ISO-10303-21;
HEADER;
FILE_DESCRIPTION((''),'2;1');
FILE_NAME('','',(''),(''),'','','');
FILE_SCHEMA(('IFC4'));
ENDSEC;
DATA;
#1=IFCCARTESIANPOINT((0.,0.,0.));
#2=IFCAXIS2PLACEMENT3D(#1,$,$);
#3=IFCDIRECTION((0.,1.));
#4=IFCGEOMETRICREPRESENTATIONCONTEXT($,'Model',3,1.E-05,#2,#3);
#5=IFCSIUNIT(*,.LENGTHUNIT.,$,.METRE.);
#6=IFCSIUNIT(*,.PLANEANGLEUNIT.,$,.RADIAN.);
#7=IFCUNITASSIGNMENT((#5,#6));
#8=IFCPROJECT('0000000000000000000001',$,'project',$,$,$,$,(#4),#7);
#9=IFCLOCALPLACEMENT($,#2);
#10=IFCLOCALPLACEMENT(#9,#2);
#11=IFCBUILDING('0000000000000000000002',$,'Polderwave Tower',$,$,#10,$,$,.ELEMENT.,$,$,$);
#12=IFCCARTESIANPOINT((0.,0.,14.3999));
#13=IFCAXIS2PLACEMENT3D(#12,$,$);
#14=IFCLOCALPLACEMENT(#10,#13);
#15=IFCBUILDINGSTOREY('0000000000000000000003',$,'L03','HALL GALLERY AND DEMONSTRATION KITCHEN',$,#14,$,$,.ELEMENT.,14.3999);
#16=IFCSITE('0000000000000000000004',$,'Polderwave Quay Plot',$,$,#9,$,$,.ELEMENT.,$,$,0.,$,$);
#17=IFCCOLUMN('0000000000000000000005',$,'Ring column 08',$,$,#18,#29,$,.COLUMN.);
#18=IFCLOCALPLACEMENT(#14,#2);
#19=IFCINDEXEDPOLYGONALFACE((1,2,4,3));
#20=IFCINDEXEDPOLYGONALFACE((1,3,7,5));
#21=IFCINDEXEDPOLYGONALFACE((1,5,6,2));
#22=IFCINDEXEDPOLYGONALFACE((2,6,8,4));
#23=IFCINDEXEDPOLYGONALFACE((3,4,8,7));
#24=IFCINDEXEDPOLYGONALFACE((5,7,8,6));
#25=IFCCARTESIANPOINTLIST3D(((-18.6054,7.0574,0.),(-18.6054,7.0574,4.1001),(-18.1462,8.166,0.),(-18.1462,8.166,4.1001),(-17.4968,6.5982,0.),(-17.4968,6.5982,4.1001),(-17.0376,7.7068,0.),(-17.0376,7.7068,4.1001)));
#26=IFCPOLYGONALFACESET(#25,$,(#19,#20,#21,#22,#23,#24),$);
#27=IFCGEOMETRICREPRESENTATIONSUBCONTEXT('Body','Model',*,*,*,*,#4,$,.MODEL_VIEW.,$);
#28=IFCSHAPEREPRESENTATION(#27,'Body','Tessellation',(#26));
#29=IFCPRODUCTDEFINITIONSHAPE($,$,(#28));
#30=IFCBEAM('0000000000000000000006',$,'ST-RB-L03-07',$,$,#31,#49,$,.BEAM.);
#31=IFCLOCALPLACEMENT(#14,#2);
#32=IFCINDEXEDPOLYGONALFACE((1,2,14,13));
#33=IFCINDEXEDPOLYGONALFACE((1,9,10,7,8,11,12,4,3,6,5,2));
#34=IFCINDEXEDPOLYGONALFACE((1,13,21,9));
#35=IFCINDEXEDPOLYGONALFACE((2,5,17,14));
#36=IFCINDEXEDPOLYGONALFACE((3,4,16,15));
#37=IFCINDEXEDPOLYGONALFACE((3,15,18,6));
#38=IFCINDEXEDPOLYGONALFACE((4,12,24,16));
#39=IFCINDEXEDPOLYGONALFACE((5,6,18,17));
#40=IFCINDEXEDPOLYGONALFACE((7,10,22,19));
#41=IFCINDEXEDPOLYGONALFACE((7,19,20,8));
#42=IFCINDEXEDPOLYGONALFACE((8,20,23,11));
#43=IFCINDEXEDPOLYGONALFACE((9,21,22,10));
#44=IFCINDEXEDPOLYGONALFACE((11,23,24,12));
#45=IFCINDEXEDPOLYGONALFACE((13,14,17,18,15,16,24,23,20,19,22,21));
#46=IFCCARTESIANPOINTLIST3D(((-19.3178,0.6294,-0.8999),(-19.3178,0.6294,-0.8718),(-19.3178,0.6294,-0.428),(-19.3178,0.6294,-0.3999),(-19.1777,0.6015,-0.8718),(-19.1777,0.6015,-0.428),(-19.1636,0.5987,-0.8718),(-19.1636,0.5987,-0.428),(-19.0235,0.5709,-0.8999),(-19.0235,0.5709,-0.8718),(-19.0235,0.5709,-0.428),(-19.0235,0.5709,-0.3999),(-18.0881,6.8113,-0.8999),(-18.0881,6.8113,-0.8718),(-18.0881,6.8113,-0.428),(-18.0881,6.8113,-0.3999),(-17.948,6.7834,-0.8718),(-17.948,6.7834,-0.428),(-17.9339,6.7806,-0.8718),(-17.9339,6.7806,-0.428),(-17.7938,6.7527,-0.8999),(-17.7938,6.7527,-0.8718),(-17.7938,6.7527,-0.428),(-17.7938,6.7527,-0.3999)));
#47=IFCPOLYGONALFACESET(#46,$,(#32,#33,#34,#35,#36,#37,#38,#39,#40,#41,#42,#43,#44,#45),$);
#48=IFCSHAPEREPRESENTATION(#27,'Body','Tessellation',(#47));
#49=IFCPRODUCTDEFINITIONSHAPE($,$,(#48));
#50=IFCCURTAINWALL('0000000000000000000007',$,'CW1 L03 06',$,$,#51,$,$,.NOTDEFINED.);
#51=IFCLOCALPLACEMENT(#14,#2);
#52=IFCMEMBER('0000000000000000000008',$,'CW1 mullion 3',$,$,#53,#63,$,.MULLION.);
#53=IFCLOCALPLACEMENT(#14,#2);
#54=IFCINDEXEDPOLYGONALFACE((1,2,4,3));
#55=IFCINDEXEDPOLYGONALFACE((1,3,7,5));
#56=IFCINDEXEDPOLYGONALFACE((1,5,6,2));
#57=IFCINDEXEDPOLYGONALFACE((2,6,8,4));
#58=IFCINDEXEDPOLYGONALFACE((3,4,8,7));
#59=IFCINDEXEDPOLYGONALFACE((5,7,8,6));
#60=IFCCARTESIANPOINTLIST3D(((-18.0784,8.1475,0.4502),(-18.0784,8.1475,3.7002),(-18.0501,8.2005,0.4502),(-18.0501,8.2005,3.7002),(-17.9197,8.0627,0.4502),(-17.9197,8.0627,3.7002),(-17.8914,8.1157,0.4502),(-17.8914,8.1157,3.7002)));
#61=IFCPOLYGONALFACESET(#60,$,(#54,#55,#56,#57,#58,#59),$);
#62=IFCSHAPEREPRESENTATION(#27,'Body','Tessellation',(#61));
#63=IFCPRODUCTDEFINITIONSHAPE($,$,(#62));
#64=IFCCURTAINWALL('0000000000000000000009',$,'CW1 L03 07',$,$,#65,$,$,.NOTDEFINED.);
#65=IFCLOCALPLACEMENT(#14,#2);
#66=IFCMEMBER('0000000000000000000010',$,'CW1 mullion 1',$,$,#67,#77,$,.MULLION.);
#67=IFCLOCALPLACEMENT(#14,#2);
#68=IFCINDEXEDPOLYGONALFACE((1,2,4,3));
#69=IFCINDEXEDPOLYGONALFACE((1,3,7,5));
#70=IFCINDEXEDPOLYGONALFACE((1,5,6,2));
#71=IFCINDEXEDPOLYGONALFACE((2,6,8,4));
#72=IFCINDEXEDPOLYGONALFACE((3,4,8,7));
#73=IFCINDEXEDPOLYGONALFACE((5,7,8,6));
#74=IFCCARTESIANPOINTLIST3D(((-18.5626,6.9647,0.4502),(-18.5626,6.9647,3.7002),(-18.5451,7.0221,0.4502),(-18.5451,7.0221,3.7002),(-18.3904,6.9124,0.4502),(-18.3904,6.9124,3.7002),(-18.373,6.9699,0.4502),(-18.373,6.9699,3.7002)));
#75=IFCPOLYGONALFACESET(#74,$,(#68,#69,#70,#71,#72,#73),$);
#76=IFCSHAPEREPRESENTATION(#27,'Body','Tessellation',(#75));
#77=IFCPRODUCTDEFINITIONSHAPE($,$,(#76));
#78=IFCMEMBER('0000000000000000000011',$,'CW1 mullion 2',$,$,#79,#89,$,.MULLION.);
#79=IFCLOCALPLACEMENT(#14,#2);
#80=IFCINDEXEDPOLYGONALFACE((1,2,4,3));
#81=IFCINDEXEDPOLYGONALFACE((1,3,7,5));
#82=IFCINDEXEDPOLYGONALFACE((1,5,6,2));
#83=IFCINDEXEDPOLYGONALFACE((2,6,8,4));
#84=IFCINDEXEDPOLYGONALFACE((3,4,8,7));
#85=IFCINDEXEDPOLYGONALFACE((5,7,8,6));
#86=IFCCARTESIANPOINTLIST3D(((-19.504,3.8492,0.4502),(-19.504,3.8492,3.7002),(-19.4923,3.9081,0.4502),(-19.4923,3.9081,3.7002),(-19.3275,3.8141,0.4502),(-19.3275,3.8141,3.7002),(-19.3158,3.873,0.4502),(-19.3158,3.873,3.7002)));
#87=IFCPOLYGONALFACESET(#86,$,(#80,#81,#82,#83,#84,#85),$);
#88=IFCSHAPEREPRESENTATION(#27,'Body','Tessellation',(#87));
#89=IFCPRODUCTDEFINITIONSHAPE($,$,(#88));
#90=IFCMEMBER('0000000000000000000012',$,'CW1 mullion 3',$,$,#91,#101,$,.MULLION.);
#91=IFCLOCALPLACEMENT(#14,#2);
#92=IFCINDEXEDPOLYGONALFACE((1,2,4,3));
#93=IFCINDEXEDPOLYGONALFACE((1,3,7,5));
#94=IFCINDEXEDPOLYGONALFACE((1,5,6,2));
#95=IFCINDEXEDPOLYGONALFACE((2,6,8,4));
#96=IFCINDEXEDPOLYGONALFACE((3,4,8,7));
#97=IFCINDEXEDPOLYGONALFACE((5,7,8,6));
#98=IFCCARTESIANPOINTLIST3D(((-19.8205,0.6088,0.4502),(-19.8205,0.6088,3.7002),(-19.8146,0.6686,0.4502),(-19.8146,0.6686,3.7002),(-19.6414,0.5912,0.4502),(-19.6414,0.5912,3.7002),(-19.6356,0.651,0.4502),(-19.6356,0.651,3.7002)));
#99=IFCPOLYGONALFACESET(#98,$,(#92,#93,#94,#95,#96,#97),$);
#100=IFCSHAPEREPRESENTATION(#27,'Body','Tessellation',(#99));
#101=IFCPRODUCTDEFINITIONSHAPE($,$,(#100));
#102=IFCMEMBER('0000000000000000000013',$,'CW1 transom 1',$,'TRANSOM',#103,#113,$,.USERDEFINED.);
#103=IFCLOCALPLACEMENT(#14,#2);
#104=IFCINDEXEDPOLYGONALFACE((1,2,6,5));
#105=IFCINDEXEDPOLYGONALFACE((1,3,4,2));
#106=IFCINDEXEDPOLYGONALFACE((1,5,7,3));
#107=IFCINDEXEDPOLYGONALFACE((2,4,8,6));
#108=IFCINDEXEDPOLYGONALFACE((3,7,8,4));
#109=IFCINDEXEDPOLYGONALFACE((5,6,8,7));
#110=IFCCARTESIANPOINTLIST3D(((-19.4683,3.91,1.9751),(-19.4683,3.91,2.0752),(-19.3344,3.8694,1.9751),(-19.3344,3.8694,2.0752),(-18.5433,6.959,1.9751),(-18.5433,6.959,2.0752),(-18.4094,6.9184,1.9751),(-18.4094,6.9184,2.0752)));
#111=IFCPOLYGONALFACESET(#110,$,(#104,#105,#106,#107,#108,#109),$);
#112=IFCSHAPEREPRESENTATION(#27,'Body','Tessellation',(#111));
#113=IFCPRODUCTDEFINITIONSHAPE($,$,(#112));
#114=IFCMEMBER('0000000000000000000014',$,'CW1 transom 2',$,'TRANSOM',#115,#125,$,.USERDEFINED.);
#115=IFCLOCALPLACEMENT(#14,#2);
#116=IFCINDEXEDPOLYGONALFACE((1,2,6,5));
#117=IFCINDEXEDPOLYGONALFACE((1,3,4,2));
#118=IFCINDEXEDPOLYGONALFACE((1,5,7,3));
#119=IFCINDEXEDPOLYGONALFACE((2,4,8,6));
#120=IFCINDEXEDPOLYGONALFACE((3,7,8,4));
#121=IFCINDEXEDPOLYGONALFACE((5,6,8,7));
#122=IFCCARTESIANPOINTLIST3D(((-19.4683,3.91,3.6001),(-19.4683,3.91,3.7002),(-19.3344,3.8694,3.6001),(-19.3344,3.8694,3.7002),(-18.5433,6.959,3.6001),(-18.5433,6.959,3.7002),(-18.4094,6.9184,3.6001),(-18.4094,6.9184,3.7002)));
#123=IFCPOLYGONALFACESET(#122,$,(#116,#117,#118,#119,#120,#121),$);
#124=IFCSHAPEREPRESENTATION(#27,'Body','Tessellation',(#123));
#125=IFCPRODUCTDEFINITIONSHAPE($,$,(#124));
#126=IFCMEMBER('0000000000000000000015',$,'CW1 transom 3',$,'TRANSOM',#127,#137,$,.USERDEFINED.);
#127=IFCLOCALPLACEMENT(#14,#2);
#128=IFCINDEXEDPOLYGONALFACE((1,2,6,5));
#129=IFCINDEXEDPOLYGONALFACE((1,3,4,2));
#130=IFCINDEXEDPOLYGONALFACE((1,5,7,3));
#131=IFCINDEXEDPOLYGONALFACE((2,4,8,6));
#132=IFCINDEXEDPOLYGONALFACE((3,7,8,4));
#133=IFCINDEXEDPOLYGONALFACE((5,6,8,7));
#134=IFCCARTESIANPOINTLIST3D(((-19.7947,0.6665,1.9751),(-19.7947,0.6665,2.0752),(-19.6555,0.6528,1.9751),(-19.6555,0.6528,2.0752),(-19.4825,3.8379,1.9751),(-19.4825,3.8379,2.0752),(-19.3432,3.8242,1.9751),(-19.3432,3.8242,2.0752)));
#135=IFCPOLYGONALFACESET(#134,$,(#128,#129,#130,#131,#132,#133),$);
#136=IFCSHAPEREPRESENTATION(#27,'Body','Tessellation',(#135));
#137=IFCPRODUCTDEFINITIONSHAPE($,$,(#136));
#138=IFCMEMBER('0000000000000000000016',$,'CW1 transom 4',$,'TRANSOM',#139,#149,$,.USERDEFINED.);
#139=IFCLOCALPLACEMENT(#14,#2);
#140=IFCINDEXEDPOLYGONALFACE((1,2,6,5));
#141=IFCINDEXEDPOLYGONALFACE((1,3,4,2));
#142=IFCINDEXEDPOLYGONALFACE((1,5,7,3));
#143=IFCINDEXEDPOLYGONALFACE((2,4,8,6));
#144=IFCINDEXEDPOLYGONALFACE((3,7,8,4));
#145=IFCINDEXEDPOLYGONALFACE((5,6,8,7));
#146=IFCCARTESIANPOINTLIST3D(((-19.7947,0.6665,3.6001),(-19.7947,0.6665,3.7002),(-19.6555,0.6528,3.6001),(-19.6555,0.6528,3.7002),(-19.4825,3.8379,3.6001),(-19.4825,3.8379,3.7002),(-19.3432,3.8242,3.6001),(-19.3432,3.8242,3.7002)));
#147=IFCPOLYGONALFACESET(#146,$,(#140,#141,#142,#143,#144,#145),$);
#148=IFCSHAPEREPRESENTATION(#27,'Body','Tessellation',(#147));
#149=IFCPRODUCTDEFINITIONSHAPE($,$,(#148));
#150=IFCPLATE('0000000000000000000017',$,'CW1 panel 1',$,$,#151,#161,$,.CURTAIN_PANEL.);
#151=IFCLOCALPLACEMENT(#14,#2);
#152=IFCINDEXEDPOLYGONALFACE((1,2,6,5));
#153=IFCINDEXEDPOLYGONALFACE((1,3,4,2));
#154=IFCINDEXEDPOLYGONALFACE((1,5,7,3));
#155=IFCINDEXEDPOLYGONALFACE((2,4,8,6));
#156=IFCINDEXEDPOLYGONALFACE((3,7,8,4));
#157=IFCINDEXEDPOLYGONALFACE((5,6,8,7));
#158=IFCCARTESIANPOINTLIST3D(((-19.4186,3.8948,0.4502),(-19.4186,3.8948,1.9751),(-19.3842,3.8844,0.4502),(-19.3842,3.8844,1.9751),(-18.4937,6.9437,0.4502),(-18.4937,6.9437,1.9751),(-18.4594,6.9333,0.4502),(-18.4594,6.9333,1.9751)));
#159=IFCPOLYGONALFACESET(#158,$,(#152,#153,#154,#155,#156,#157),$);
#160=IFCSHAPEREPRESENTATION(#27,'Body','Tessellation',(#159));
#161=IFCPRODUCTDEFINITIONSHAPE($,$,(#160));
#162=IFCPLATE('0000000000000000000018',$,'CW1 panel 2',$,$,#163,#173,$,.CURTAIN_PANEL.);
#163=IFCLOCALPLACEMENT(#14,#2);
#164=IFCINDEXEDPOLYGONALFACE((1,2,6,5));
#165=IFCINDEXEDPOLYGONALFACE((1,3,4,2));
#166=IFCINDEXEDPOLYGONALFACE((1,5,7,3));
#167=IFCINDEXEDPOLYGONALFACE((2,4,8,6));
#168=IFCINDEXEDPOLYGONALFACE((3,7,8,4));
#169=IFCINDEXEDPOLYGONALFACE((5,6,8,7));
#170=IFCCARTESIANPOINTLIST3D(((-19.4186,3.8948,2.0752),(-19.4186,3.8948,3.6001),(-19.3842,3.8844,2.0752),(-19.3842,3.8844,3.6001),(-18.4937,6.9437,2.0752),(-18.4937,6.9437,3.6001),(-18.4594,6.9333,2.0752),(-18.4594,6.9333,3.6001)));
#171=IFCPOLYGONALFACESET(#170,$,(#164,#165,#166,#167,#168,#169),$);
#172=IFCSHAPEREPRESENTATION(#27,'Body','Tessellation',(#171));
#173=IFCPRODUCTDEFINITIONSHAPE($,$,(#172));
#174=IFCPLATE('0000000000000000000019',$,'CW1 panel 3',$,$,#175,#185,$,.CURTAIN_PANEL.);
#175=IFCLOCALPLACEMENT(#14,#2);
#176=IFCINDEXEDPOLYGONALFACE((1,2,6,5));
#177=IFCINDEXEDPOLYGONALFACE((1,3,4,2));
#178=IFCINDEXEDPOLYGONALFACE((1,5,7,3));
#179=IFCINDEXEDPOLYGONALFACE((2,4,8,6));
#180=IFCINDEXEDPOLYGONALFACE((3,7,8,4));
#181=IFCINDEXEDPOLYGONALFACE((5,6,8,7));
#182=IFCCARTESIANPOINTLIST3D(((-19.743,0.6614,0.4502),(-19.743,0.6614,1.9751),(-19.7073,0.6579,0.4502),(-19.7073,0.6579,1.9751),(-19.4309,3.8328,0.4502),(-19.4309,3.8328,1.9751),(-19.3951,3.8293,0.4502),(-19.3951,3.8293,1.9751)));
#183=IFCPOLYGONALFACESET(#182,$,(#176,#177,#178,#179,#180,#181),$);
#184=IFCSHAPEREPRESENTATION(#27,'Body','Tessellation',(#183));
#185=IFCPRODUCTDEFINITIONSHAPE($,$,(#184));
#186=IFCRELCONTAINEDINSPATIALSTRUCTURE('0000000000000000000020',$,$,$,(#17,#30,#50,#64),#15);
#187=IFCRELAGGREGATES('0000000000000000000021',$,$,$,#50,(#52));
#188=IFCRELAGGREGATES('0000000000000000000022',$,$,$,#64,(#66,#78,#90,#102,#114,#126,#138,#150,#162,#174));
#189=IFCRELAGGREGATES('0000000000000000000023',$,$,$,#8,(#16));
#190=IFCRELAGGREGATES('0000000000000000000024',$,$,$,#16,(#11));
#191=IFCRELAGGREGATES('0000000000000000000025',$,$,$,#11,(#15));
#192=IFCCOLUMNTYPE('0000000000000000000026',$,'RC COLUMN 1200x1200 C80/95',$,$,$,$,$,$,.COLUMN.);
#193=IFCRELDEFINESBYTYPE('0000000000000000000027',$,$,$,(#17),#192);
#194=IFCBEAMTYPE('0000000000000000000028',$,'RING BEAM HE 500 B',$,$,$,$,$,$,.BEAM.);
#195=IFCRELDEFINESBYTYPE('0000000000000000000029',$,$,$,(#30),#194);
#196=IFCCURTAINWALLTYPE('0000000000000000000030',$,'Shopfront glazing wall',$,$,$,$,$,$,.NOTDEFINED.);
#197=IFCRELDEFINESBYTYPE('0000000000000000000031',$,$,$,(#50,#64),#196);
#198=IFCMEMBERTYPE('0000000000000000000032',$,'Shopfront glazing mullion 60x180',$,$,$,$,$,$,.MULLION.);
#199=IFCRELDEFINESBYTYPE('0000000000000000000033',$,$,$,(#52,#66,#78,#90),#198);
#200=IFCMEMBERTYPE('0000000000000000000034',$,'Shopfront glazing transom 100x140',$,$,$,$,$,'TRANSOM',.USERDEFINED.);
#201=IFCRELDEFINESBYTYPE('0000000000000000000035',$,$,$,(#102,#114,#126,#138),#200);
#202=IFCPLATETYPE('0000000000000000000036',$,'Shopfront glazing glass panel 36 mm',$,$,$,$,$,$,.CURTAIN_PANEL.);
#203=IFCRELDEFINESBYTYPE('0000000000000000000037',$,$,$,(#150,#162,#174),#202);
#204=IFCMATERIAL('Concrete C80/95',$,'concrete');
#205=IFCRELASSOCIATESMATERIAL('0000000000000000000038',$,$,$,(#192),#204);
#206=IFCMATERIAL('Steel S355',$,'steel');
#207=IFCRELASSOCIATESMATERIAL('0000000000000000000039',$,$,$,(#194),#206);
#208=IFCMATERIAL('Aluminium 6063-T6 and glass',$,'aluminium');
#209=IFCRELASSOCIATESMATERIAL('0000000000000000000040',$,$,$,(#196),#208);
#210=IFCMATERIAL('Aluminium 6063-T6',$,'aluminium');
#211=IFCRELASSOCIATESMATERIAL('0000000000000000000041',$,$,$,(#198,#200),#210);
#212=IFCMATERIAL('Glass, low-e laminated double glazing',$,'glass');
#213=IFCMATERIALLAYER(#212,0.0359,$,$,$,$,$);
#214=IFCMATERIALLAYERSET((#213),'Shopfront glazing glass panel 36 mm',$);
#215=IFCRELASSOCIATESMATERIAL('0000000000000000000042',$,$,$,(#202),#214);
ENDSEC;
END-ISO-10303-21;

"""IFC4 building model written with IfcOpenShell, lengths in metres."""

from ifc_helpers import new_model, si_unit, direction, frame, origin, origin_2d, place, context, subcontext, project, spatial, rectangle, i_section, extrude, material, layer, layer_set, material_profile, profile_set, type_object, element, aggregate, save


model = new_model("IFC4")

# Units and contexts
model_context = context("Model", 3, precision=1e-05, world=origin(), true_north=direction((0.0, 1.0)))
body_context = subcontext(model_context, "Body", "Model", "MODEL_VIEW")
ifc_project = project(units=[si_unit("LENGTHUNIT", "METRE"), si_unit("PLANEANGLEUNIT", "RADIAN")], contexts=[model_context])

# Site, building, storey
site_placement = place(None, origin())
site = spatial("IfcSite", under=ifc_project, at=site_placement, Name="Polderwave Quay Plot", CompositionType="ELEMENT", RefElevation=0.0)
building_placement = place(site_placement, origin())
building = spatial("IfcBuilding", under=site, at=building_placement, Name="Polderwave Tower", CompositionType="ELEMENT")
storey_placement = place(building_placement, frame((0.0, 0.0, 14.3999)))
storey = spatial("IfcBuildingStorey", under=building, at=storey_placement, Name="L03", Description="HALL GALLERY AND DEMONSTRATION KITCHEN", CompositionType="ELEMENT", Elevation=14.3999)

# Column
ifc_material_1 = material(Name="Concrete C80/95", Category="concrete")
ifc_material_profile_1 = material_profile(ifc_material_1, rectangle(XDim=1.2, YDim=1.2, at=origin_2d()), Name="RC 1200x1200")
ifc_profile_set_1 = profile_set([ifc_material_profile_1], Name="Concrete C80/95")
column_type = type_object("IfcColumnType", Name="RC COLUMN 1200x1200 C80/95", PredefinedType="COLUMN", material=ifc_profile_set_1)
column_placement = place(storey_placement, frame((-17.8215, 7.3821, 0.0), z_axis=(0.0, 0.0, 1.0), x_axis=(-0.92388, 0.382683, 0.0)))
element("IfcColumn", 1, at=column_placement, inside=storey, type_object=column_type, Name="Ring column 08", PredefinedType="COLUMN", context=body_context, shape_type="SweptSolid", body=[
    extrude(rectangle(XDim=1.2, YDim=1.2, at=origin_2d()), origin(), (0.0, 0.0, 1.0), 4.1001),
])

# Beam
ifc_material_2 = material(Name="Steel S355", Category="steel")
ifc_material_profile_2 = material_profile(ifc_material_2, i_section(OverallWidth=0.3, OverallDepth=0.5, WebThickness=0.0144, FlangeThickness=0.0281, at=origin_2d()), Name="HE 500 B")
ifc_profile_set_2 = profile_set([ifc_material_profile_2], Name="Steel S355")
beam_type = type_object("IfcBeamType", Name="RING BEAM HE 500 B", PredefinedType="BEAM", material=ifc_profile_set_2)
beam_placement = place(storey_placement, frame((-17.9409, 6.782, -0.6499), z_axis=(-0.195103, -0.980783, 0.0), x_axis=(0.980783, -0.195103, 0.0)))
element("IfcBeam", 2, at=beam_placement, inside=storey, type_object=beam_type, Name="ST-RB-L03-07", PredefinedType="BEAM", context=body_context, shape_type="SweptSolid", body=[
    extrude(i_section(OverallWidth=0.3, OverallDepth=0.5, WebThickness=0.0144, FlangeThickness=0.0281, at=origin_2d()), origin(), (0.0, 0.0, 1.0), 6.303),
])

# Curtain wall, member
ifc_material_3 = material(Name="Aluminium 6063-T6 and glass", Category="aluminium")
curtain_wall_type = type_object("IfcCurtainWallType", Name="Shopfront glazing wall", PredefinedType="NOTDEFINED", material=ifc_material_3)
curtain_wall_1_placement = place(storey_placement, origin())
curtain_wall_1 = element("IfcCurtainWall", 3, at=curtain_wall_1_placement, inside=storey, type_object=curtain_wall_type, Name="CW1 L03 06", PredefinedType="NOTDEFINED")
ifc_material_4 = material(Name="Aluminium 6063-T6", Category="aluminium")
ifc_material_profile_3 = material_profile(ifc_material_4, rectangle(XDim=0.1799, YDim=0.0601, at=origin_2d()), Name="AL 60x180")
ifc_profile_set_3 = profile_set([ifc_material_profile_3], Name="Aluminium 6063-T6")
member_type_1 = type_object("IfcMemberType", Name="Shopfront glazing mullion 60x180", PredefinedType="MULLION", material=ifc_profile_set_3)
member_1_placement = place(storey_placement, frame((-17.9849, 8.1316, 0.4502), z_axis=(0.0, 0.0, 1.0), x_axis=(0.882015, -0.471221, 0.0)))
member_1 = element("IfcMember", 4, at=member_1_placement, type_object=member_type_1, Name="CW1 mullion 3", PredefinedType="MULLION", context=body_context, shape_type="SweptSolid", body=[
    extrude(rectangle(XDim=0.1799, YDim=0.0601, at=origin_2d()), origin(), (0.0, 0.0, 1.0), 3.25),
])
aggregate(curtain_wall_1, [member_1])

# Curtain wall, members, plates
curtain_wall_2_placement = place(storey_placement, origin())
curtain_wall_2 = element("IfcCurtainWall", 5, at=curtain_wall_2_placement, inside=storey, type_object=curtain_wall_type, Name="CW1 L03 07", PredefinedType="NOTDEFINED")
member_2_placement = place(storey_placement, frame((-18.4678, 6.9673, 0.4502), z_axis=(0.0, 0.0, 1.0), x_axis=(0.95694, -0.290286, 0.0)))
member_2 = element("IfcMember", 6, at=member_2_placement, type_object=member_type_1, Name="CW1 mullion 1", PredefinedType="MULLION", context=body_context, shape_type="SweptSolid", body=[
    extrude(rectangle(XDim=0.1799, YDim=0.0601, at=origin_2d()), origin(), (0.0, 0.0, 1.0), 3.25),
])
member_3_placement = place(storey_placement, frame((-19.4099, 3.8611, 0.4502), z_axis=(0.0, 0.0, 1.0), x_axis=(0.98079, -0.195065, 0.0)))
member_3 = element("IfcMember", 7, at=member_3_placement, type_object=member_type_1, Name="CW1 mullion 2", PredefinedType="MULLION", context=body_context, shape_type="SweptSolid", body=[
    extrude(rectangle(XDim=0.1799, YDim=0.0601, at=origin_2d()), origin(), (0.0, 0.0, 1.0), 3.25),
])
member_4_placement = place(storey_placement, frame((-19.728, 0.6299, 0.4502), z_axis=(0.0, 0.0, 1.0), x_axis=(0.99519, -0.097963, 0.0)))
member_4 = element("IfcMember", 8, at=member_4_placement, type_object=member_type_1, Name="CW1 mullion 3", PredefinedType="MULLION", context=body_context, shape_type="SweptSolid", body=[
    extrude(rectangle(XDim=0.1799, YDim=0.0601, at=origin_2d()), origin(), (0.0, 0.0, 1.0), 3.25),
])
ifc_material_profile_4 = material_profile(ifc_material_4, rectangle(XDim=0.1399, YDim=0.1001, at=origin_2d()), Name="AL 100x140")
ifc_profile_set_4 = profile_set([ifc_material_profile_4], Name="Aluminium 6063-T6")
member_type_2 = type_object("IfcMemberType", Name="Shopfront glazing transom 100x140", ElementType="TRANSOM", PredefinedType="USERDEFINED", material=ifc_profile_set_4)
member_5_placement = place(storey_placement, frame((-18.4763, 6.9387, 2.0251), z_axis=(-0.29032, -0.95693, 0.0), x_axis=(0.95693, -0.29032, 0.0)))
member_5 = element("IfcMember", 9, at=member_5_placement, type_object=member_type_2, Name="CW1 transom 1", ObjectType="TRANSOM", PredefinedType="USERDEFINED", context=body_context, shape_type="SweptSolid", body=[
    extrude(rectangle(XDim=0.1399, YDim=0.1001, at=origin_2d()), origin(), (0.0, 0.0, 1.0), 3.1863),
])
member_6_placement = place(storey_placement, frame((-18.4763, 6.9387, 3.6501), z_axis=(-0.29032, -0.95693, 0.0), x_axis=(0.95693, -0.29032, 0.0)))
member_6 = element("IfcMember", 10, at=member_6_placement, type_object=member_type_2, Name="CW1 transom 2", ObjectType="TRANSOM", PredefinedType="USERDEFINED", context=body_context, shape_type="SweptSolid", body=[
    extrude(rectangle(XDim=0.1399, YDim=0.1001, at=origin_2d()), origin(), (0.0, 0.0, 1.0), 3.1863),
])
member_7_placement = place(storey_placement, frame((-19.4128, 3.8311, 2.0251), z_axis=(-0.097987, -0.995188, 0.0), x_axis=(0.995188, -0.097987, 0.0)))
member_7 = element("IfcMember", 11, at=member_7_placement, type_object=member_type_2, Name="CW1 transom 3", ObjectType="TRANSOM", PredefinedType="USERDEFINED", context=body_context, shape_type="SweptSolid", body=[
    extrude(rectangle(XDim=0.1399, YDim=0.1001, at=origin_2d()), origin(), (0.0, 0.0, 1.0), 3.1868),
])
member_8_placement = place(storey_placement, frame((-19.4128, 3.8311, 3.6501), z_axis=(-0.097987, -0.995188, 0.0), x_axis=(0.995188, -0.097987, 0.0)))
member_8 = element("IfcMember", 12, at=member_8_placement, type_object=member_type_2, Name="CW1 transom 4", ObjectType="TRANSOM", PredefinedType="USERDEFINED", context=body_context, shape_type="SweptSolid", body=[
    extrude(rectangle(XDim=0.1399, YDim=0.1001, at=origin_2d()), origin(), (0.0, 0.0, 1.0), 3.1868),
])
ifc_material_5 = material(Name="Glass, low-e laminated double glazing", Category="glass")
ifc_layer_1 = layer(ifc_material_5, 0.0359)
ifc_layer_set_1 = layer_set([ifc_layer_1], Name="Shopfront glazing glass panel 36 mm")
plate_type = type_object("IfcPlateType", Name="Shopfront glazing glass panel 36 mm", PredefinedType="CURTAIN_PANEL", material=ifc_layer_set_1)
plate_1_placement = place(storey_placement, frame((-18.939, 5.4141, 0.4502), z_axis=(0.0, 0.0, 1.0), x_axis=(-0.290286, -0.95694, 0.0)))
plate_1 = element("IfcPlate", 13, at=plate_1_placement, type_object=plate_type, Name="CW1 panel 1", PredefinedType="CURTAIN_PANEL", context=body_context, shape_type="SweptSolid", body=[
    extrude(rectangle(XDim=3.186, YDim=0.0359, at=origin_2d()), origin(), (0.0, 0.0, 1.0), 1.5249),
])
plate_2_placement = place(storey_placement, frame((-18.939, 5.4141, 2.0752), z_axis=(0.0, 0.0, 1.0), x_axis=(-0.290286, -0.95694, 0.0)))
plate_2 = element("IfcPlate", 14, at=plate_2_placement, type_object=plate_type, Name="CW1 panel 2", PredefinedType="CURTAIN_PANEL", context=body_context, shape_type="SweptSolid", body=[
    extrude(rectangle(XDim=3.186, YDim=0.0359, at=origin_2d()), origin(), (0.0, 0.0, 1.0), 1.5249),
])
plate_3_placement = place(storey_placement, frame((-19.5691, 2.2454, 0.4502), z_axis=(0.0, 0.0, 1.0), x_axis=(-0.097963, -0.99519, 0.0)))
plate_3 = element("IfcPlate", 15, at=plate_3_placement, type_object=plate_type, Name="CW1 panel 3", PredefinedType="CURTAIN_PANEL", context=body_context, shape_type="SweptSolid", body=[
    extrude(rectangle(XDim=3.1868, YDim=0.0359, at=origin_2d()), origin(), (0.0, 0.0, 1.0), 1.5249),
])
aggregate(curtain_wall_2, [member_2, member_3, member_4, member_5, member_6, member_7, member_8, plate_1, plate_2, plate_3])

save(model, "model.ifc")
